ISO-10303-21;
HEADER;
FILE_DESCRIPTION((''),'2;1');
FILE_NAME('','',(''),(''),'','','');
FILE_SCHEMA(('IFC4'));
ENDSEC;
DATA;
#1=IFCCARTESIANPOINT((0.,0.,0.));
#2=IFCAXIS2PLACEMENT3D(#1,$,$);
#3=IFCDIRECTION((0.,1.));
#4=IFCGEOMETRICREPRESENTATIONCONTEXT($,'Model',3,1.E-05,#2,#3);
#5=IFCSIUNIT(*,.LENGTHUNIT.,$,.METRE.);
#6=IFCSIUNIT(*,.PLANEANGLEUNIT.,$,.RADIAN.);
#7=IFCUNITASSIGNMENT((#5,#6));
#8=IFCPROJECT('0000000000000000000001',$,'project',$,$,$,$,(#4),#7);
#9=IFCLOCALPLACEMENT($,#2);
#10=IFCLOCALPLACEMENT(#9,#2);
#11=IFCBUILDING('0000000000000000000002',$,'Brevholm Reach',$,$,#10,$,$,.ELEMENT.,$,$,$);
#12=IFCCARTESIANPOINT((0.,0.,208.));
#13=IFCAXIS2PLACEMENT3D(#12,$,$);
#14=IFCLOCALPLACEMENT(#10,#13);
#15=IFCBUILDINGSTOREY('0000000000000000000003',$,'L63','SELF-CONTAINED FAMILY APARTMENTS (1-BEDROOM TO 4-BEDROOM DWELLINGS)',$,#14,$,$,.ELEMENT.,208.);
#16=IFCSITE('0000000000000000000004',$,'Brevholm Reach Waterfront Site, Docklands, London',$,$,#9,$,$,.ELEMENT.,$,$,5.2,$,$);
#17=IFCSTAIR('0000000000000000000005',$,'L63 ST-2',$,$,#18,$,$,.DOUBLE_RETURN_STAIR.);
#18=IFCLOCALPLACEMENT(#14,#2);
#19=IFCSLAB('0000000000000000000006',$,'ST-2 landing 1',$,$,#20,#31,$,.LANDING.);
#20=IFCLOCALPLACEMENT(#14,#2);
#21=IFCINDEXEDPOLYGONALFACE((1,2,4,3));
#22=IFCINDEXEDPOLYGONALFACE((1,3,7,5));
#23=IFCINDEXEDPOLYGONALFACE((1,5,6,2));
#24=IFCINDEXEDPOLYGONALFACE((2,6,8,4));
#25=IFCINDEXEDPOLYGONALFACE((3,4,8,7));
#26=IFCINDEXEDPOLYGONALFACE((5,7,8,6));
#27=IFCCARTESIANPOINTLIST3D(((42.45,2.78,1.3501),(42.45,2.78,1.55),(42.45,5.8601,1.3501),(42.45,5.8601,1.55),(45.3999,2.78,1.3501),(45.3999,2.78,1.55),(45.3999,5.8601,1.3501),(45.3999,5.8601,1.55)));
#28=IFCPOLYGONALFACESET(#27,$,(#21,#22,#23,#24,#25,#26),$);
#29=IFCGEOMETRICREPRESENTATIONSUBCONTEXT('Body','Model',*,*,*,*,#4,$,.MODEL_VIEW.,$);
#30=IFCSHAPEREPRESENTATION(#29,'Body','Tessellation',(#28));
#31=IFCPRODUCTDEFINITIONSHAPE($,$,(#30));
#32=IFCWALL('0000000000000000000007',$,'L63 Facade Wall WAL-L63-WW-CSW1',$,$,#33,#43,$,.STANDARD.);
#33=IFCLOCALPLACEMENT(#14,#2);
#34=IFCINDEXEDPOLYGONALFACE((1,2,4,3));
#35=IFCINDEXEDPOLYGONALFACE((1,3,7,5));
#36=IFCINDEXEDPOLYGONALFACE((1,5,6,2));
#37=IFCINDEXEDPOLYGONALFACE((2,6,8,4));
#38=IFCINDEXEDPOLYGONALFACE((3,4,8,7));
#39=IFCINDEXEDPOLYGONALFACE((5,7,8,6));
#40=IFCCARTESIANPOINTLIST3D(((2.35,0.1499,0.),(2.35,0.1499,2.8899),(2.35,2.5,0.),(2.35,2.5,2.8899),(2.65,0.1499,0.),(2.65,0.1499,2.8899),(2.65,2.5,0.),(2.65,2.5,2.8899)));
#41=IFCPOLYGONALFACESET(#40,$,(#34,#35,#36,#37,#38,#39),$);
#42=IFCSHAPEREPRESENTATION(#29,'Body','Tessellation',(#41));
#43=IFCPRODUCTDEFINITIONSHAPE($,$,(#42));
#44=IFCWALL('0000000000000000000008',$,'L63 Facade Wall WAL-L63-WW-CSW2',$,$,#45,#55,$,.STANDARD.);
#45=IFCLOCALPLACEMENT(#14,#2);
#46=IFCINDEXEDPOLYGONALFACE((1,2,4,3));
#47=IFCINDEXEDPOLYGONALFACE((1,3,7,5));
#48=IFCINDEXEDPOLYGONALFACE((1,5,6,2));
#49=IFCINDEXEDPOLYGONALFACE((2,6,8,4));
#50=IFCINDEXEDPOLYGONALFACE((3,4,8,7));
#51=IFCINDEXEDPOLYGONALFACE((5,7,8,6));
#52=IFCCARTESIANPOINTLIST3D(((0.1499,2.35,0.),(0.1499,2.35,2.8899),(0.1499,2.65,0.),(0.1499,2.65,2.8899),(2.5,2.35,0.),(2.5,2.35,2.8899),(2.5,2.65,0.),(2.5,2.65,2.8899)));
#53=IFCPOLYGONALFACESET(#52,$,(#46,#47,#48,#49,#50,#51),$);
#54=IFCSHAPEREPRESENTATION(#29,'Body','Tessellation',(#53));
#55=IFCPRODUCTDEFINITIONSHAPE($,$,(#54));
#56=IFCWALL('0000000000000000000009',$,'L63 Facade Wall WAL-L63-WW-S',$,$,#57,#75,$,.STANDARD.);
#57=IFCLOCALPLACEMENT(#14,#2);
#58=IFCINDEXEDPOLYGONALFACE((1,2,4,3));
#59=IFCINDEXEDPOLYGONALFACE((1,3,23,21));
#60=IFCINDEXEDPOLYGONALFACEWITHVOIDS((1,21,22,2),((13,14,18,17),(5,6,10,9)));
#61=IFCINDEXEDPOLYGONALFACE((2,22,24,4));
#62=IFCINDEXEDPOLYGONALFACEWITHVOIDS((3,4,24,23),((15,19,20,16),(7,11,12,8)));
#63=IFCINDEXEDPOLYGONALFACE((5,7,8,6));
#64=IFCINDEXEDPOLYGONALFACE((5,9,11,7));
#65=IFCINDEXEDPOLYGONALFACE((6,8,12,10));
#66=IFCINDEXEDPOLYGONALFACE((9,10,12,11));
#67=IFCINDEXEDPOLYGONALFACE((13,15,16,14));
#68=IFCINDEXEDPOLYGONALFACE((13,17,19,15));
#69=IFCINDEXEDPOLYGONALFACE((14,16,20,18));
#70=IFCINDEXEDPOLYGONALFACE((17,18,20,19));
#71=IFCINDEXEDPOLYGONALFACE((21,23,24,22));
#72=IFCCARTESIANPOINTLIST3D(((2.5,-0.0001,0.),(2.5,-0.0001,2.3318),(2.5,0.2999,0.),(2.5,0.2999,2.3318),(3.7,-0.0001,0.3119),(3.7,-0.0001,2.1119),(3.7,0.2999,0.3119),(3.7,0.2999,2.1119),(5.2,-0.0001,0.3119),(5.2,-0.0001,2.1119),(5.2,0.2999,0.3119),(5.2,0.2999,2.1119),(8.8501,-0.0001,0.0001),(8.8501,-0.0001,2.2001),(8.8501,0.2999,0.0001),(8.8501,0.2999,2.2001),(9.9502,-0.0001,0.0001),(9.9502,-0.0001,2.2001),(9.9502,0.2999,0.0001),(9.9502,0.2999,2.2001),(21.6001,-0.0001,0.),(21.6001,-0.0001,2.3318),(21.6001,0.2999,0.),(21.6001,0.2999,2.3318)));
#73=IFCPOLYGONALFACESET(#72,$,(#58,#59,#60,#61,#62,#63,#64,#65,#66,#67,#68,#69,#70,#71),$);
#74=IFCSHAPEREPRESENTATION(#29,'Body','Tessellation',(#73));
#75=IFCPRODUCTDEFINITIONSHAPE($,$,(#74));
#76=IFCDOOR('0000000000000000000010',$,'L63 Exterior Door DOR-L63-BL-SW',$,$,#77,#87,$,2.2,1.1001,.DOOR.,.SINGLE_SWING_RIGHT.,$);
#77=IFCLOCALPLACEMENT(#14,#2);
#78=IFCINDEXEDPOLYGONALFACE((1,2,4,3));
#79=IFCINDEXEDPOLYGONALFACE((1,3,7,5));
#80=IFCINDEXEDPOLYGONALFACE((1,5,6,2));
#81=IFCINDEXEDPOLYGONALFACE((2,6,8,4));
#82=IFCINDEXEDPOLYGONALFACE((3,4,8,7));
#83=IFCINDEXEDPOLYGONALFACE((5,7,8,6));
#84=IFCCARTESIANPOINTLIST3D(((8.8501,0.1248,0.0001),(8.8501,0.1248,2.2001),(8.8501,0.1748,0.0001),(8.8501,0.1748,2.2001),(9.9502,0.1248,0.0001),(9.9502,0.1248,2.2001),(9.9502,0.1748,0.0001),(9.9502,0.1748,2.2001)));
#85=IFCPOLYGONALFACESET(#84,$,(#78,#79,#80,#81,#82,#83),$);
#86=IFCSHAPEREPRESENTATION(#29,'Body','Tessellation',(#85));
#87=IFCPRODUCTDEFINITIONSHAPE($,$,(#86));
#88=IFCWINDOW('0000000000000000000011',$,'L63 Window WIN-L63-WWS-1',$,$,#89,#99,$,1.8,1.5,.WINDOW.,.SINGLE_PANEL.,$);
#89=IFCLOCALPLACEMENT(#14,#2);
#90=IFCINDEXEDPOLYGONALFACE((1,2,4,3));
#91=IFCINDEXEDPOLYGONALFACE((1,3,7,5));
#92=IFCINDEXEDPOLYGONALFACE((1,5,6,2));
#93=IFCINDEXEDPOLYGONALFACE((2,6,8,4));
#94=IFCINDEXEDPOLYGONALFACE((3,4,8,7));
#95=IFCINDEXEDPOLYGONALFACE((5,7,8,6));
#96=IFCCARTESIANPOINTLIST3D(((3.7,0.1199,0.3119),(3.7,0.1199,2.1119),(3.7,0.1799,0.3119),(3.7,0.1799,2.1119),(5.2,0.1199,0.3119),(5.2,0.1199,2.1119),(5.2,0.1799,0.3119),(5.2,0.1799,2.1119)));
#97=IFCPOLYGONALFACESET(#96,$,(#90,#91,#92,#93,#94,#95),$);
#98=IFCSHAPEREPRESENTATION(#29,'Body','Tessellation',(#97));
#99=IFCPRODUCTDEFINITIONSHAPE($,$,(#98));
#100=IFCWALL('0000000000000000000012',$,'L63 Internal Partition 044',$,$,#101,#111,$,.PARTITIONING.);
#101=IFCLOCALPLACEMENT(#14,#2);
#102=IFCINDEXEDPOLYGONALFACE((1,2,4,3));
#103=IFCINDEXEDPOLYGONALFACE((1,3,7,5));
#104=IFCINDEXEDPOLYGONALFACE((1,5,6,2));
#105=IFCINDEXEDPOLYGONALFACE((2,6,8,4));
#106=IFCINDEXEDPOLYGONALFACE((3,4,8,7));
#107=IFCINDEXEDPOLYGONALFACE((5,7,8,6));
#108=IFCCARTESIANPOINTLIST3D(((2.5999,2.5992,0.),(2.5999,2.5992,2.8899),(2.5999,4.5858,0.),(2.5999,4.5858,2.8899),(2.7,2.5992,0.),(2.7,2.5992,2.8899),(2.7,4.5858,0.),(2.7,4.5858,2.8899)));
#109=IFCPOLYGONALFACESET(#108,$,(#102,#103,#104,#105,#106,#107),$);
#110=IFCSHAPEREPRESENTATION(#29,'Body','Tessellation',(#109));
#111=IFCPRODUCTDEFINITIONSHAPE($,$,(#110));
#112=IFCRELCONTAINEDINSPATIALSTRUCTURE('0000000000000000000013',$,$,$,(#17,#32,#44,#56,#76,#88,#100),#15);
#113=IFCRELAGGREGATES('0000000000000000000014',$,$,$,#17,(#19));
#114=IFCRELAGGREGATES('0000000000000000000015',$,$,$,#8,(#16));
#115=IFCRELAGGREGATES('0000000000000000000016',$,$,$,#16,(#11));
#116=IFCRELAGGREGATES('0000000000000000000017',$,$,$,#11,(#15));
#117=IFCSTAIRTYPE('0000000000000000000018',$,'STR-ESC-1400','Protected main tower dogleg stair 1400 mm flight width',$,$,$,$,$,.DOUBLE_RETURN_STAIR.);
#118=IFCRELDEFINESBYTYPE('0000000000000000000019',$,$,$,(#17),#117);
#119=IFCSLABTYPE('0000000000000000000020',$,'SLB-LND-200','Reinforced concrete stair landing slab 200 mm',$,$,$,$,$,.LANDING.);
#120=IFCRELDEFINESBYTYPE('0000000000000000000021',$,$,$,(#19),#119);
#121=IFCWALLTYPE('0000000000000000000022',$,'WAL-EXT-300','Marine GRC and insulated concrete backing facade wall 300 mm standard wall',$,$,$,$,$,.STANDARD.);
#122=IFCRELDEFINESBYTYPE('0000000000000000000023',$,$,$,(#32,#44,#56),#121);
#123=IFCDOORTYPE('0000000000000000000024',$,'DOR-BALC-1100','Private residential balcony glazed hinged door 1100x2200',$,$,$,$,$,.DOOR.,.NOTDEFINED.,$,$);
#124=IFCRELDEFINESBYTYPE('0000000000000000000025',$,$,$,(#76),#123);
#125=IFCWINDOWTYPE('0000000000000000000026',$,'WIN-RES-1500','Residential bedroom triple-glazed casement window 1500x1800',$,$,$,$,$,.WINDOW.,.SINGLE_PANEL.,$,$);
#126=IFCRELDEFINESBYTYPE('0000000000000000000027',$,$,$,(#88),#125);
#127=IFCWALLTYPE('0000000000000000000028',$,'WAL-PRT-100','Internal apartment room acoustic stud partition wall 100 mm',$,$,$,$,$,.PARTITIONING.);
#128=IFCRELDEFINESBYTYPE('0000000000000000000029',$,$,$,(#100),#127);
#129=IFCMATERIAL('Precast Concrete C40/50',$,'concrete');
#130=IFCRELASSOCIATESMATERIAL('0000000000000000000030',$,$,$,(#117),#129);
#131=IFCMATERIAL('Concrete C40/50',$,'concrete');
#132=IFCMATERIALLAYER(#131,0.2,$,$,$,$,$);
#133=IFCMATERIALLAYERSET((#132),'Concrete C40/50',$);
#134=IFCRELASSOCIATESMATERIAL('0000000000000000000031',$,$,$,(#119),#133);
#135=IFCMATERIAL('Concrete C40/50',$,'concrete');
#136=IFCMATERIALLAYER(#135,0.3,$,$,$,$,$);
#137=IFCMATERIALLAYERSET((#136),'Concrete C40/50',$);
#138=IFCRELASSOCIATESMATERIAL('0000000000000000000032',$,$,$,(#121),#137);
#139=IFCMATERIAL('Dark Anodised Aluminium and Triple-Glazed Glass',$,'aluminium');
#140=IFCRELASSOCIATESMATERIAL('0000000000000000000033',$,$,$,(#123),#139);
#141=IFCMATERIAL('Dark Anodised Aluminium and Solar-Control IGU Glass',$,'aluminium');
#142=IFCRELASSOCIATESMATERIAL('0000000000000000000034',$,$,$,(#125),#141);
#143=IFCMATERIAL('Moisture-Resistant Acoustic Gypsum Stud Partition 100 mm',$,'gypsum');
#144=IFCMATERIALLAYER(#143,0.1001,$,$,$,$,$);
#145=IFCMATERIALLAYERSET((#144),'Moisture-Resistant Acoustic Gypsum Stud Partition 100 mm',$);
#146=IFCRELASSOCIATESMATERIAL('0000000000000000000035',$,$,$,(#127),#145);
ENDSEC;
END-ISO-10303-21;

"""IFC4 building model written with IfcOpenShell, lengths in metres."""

from ifc_helpers import new_model, si_unit, direction, frame, frame_2d, origin, place, context, subcontext, project, spatial, polyline, rectangle, outline, extrude, material, layer, layer_set, type_object, element, fill, aggregate, save


model = new_model("IFC4")

# Units and contexts
model_context = context("Model", 3, precision=1e-05, world=origin(), true_north=direction((0.0, 1.0)))
body_context = subcontext(model_context, "Body", "Model", "MODEL_VIEW")
ifc_project = project(units=[si_unit("LENGTHUNIT", "METRE"), si_unit("PLANEANGLEUNIT", "RADIAN")], contexts=[model_context])

# Site, building, storey
site_placement = place(None, origin())
site = spatial("IfcSite", under=ifc_project, at=site_placement, Name="Brevholm Reach Waterfront Site, Docklands, London", CompositionType="ELEMENT", RefElevation=5.2)
building_placement = place(site_placement, origin())
building = spatial("IfcBuilding", under=site, at=building_placement, Name="Brevholm Reach", CompositionType="ELEMENT")
storey_placement = place(building_placement, frame((0.0, 0.0, 208.0)))
storey = spatial("IfcBuildingStorey", under=building, at=storey_placement, Name="L63", Description="SELF-CONTAINED FAMILY APARTMENTS (1-BEDROOM TO 4-BEDROOM DWELLINGS)", CompositionType="ELEMENT", Elevation=208.0)

# Stair, slab
ifc_material_1 = material(Name="Precast Concrete C40/50", Category="concrete")
stair_type = type_object("IfcStairType", Name="STR-ESC-1400", Description="Protected main tower dogleg stair 1400 mm flight width", PredefinedType="DOUBLE_RETURN_STAIR", material=ifc_material_1)
ifc_material_2 = material(Name="Concrete C40/50", Category="concrete")
ifc_layer_1 = layer(ifc_material_2, 0.2)
ifc_layer_set_1 = layer_set([ifc_layer_1], Name="Concrete C40/50")
slab_type_1 = type_object("IfcSlabType", Name="SLB-LND-200", Description="Reinforced concrete stair landing slab 200 mm", PredefinedType="LANDING", material=ifc_layer_set_1)
stair_1_placement = place(storey_placement, origin())
stair_1 = element("IfcStair", 1, at=stair_1_placement, inside=storey, type_object=stair_type, Name="L63 ST-2", PredefinedType="DOUBLE_RETURN_STAIR")
slab_1_placement = place(storey_placement, frame((0.0, 0.0, 1.3501)))
slab_1 = element("IfcSlab", 2, at=slab_1_placement, type_object=slab_type_1, Name="ST-2 landing 1", PredefinedType="LANDING", context=body_context, shape_type="SweptSolid", body=[
    extrude(outline(polyline([(42.45, 5.8601), (42.45, 2.78), (45.3999, 2.78), (45.3999, 5.8601), (42.45, 5.8601)])), origin(), (0.0, 0.0, 1.0), 0.2),
])
aggregate(stair_1, [slab_1])

# Walls
ifc_material_3 = material(Name="Concrete C40/50", Category="concrete")
ifc_layer_2 = layer(ifc_material_3, 0.3)
ifc_layer_set_2 = layer_set([ifc_layer_2], Name="Concrete C40/50")
wall_type_1 = type_object("IfcWallType", Name="WAL-EXT-300", Description="Marine GRC and insulated concrete backing facade wall 300 mm standard wall", PredefinedType="STANDARD", material=ifc_layer_set_2)
for number, where, z_axis, x_axis, name in (
    (3, (2.5, 2.5, 0.0), (0.0, 0.0, 1.0), (0.0, -1.0, 0.0), "L63 Facade Wall WAL-L63-WW-CSW1"),
    (4, (0.1499, 2.5, 0.0), (0.0, 0.0, 1.0), (1.0, 0.0, 0.0), "L63 Facade Wall WAL-L63-WW-CSW2"),
):
    element("IfcWall", number, at=place(storey_placement, frame(where, z_axis=z_axis, x_axis=x_axis)), inside=storey, type_object=wall_type_1, Name=name, PredefinedType="STANDARD", context=body_context, shape_type="SweptSolid", body=[
        extrude(rectangle(XDim=2.3501, YDim=0.3, at=frame_2d((1.175, 0.0))), origin(), (0.0, 0.0, 1.0), 2.8899),
    ])

# Wall, openings, door, window
wall_1_placement = place(storey_placement, frame((2.5, 0.1499, 0.0), z_axis=(0.0, 0.0, 1.0), x_axis=(1.0, 0.0, 0.0)))
wall_1 = element("IfcWall", 5, at=wall_1_placement, inside=storey, type_object=wall_type_1, Name="L63 Facade Wall WAL-L63-WW-S", PredefinedType="STANDARD", context=body_context, shape_type="SweptSolid", body=[
    extrude(rectangle(XDim=19.1001, YDim=0.3, at=frame_2d((9.55, 0.0))), origin(), (0.0, 0.0, 1.0), 2.3318),
])
opening_1_placement = place(wall_1_placement, frame((6.3501, 0.0, 0.0)))
opening_1 = element("IfcOpeningElement", 6, at=opening_1_placement, cuts=wall_1, PredefinedType="OPENING", context=body_context, shape_type="SweptSolid", body=[
    extrude(rectangle(XDim=1.1001, YDim=2.2, at=frame_2d((0.55, 1.1001))), frame((0.0, 0.1599, 0.0), z_axis=(0.0, -1.0, 0.0), x_axis=(1.0, 0.0, 0.0)), (0.0, 0.0, 1.0), 0.3201),
])
opening_2_placement = place(wall_1_placement, frame((1.2, 0.0, 0.312)))
opening_2 = element("IfcOpeningElement", 7, at=opening_2_placement, cuts=wall_1, PredefinedType="OPENING", context=body_context, shape_type="SweptSolid", body=[
    extrude(rectangle(XDim=1.5, YDim=1.8, at=frame_2d((0.75, 0.8999))), frame((0.0, 0.1599, 0.0), z_axis=(0.0, -1.0, 0.0), x_axis=(1.0, 0.0, 0.0)), (0.0, 0.0, 1.0), 0.3201),
])
ifc_material_4 = material(Name="Dark Anodised Aluminium and Triple-Glazed Glass", Category="aluminium")
door_type = type_object("IfcDoorType", Name="DOR-BALC-1100", Description="Private residential balcony glazed hinged door 1100x2200", OperationType="NOTDEFINED", PredefinedType="DOOR", material=ifc_material_4)
door_placement = place(opening_1_placement, origin())
door = element("IfcDoor", 8, at=door_placement, inside=storey, type_object=door_type, Name="L63 Exterior Door DOR-L63-BL-SW", OperationType="SINGLE_SWING_RIGHT", OverallHeight=2.2, OverallWidth=1.1001, PredefinedType="DOOR", context=body_context, shape_type="SweptSolid", body=[
    extrude(rectangle(XDim=1.1001, YDim=2.2, at=frame_2d((0.55, 1.1001))), frame((0.0, 0.0249, 0.0), z_axis=(0.0, -1.0, 0.0), x_axis=(1.0, 0.0, 0.0)), (0.0, 0.0, 1.0), 0.05),
])
fill(opening_1, door)
ifc_material_5 = material(Name="Dark Anodised Aluminium and Solar-Control IGU Glass", Category="aluminium")
window_type = type_object("IfcWindowType", Name="WIN-RES-1500", Description="Residential bedroom triple-glazed casement window 1500x1800", PartitioningType="SINGLE_PANEL", PredefinedType="WINDOW", material=ifc_material_5)
window_placement = place(opening_2_placement, origin())
window = element("IfcWindow", 9, at=window_placement, inside=storey, type_object=window_type, Name="L63 Window WIN-L63-WWS-1", OverallHeight=1.8, OverallWidth=1.5, PartitioningType="SINGLE_PANEL", PredefinedType="WINDOW", context=body_context, shape_type="SweptSolid", body=[
    extrude(rectangle(XDim=1.5, YDim=1.8, at=frame_2d((0.75, 0.8999))), frame((0.0, 0.03, 0.0), z_axis=(0.0, -1.0, 0.0), x_axis=(1.0, 0.0, 0.0)), (0.0, 0.0, 1.0), 0.0601),
])
fill(opening_2, window)

# Wall
ifc_material_6 = material(Name="Moisture-Resistant Acoustic Gypsum Stud Partition 100 mm", Category="gypsum")
ifc_layer_3 = layer(ifc_material_6, 0.1001)
ifc_layer_set_3 = layer_set([ifc_layer_3], Name="Moisture-Resistant Acoustic Gypsum Stud Partition 100 mm")
wall_type_2 = type_object("IfcWallType", Name="WAL-PRT-100", Description="Internal apartment room acoustic stud partition wall 100 mm", PredefinedType="PARTITIONING", material=ifc_layer_set_3)
wall_2_placement = place(storey_placement, frame((2.6499, 2.5994, 0.0), z_axis=(0.0, 0.0, 1.0), x_axis=(0.0, 1.0, 0.0)))
element("IfcWall", 10, at=wall_2_placement, inside=storey, type_object=wall_type_2, Name="L63 Internal Partition 044", PredefinedType="PARTITIONING", context=body_context, shape_type="SweptSolid", body=[
    extrude(rectangle(XDim=1.9866, YDim=0.1001, at=frame_2d((0.9932, 0.0))), origin(), (0.0, 0.0, 1.0), 2.8899),
])

save(model, "model.ifc")
